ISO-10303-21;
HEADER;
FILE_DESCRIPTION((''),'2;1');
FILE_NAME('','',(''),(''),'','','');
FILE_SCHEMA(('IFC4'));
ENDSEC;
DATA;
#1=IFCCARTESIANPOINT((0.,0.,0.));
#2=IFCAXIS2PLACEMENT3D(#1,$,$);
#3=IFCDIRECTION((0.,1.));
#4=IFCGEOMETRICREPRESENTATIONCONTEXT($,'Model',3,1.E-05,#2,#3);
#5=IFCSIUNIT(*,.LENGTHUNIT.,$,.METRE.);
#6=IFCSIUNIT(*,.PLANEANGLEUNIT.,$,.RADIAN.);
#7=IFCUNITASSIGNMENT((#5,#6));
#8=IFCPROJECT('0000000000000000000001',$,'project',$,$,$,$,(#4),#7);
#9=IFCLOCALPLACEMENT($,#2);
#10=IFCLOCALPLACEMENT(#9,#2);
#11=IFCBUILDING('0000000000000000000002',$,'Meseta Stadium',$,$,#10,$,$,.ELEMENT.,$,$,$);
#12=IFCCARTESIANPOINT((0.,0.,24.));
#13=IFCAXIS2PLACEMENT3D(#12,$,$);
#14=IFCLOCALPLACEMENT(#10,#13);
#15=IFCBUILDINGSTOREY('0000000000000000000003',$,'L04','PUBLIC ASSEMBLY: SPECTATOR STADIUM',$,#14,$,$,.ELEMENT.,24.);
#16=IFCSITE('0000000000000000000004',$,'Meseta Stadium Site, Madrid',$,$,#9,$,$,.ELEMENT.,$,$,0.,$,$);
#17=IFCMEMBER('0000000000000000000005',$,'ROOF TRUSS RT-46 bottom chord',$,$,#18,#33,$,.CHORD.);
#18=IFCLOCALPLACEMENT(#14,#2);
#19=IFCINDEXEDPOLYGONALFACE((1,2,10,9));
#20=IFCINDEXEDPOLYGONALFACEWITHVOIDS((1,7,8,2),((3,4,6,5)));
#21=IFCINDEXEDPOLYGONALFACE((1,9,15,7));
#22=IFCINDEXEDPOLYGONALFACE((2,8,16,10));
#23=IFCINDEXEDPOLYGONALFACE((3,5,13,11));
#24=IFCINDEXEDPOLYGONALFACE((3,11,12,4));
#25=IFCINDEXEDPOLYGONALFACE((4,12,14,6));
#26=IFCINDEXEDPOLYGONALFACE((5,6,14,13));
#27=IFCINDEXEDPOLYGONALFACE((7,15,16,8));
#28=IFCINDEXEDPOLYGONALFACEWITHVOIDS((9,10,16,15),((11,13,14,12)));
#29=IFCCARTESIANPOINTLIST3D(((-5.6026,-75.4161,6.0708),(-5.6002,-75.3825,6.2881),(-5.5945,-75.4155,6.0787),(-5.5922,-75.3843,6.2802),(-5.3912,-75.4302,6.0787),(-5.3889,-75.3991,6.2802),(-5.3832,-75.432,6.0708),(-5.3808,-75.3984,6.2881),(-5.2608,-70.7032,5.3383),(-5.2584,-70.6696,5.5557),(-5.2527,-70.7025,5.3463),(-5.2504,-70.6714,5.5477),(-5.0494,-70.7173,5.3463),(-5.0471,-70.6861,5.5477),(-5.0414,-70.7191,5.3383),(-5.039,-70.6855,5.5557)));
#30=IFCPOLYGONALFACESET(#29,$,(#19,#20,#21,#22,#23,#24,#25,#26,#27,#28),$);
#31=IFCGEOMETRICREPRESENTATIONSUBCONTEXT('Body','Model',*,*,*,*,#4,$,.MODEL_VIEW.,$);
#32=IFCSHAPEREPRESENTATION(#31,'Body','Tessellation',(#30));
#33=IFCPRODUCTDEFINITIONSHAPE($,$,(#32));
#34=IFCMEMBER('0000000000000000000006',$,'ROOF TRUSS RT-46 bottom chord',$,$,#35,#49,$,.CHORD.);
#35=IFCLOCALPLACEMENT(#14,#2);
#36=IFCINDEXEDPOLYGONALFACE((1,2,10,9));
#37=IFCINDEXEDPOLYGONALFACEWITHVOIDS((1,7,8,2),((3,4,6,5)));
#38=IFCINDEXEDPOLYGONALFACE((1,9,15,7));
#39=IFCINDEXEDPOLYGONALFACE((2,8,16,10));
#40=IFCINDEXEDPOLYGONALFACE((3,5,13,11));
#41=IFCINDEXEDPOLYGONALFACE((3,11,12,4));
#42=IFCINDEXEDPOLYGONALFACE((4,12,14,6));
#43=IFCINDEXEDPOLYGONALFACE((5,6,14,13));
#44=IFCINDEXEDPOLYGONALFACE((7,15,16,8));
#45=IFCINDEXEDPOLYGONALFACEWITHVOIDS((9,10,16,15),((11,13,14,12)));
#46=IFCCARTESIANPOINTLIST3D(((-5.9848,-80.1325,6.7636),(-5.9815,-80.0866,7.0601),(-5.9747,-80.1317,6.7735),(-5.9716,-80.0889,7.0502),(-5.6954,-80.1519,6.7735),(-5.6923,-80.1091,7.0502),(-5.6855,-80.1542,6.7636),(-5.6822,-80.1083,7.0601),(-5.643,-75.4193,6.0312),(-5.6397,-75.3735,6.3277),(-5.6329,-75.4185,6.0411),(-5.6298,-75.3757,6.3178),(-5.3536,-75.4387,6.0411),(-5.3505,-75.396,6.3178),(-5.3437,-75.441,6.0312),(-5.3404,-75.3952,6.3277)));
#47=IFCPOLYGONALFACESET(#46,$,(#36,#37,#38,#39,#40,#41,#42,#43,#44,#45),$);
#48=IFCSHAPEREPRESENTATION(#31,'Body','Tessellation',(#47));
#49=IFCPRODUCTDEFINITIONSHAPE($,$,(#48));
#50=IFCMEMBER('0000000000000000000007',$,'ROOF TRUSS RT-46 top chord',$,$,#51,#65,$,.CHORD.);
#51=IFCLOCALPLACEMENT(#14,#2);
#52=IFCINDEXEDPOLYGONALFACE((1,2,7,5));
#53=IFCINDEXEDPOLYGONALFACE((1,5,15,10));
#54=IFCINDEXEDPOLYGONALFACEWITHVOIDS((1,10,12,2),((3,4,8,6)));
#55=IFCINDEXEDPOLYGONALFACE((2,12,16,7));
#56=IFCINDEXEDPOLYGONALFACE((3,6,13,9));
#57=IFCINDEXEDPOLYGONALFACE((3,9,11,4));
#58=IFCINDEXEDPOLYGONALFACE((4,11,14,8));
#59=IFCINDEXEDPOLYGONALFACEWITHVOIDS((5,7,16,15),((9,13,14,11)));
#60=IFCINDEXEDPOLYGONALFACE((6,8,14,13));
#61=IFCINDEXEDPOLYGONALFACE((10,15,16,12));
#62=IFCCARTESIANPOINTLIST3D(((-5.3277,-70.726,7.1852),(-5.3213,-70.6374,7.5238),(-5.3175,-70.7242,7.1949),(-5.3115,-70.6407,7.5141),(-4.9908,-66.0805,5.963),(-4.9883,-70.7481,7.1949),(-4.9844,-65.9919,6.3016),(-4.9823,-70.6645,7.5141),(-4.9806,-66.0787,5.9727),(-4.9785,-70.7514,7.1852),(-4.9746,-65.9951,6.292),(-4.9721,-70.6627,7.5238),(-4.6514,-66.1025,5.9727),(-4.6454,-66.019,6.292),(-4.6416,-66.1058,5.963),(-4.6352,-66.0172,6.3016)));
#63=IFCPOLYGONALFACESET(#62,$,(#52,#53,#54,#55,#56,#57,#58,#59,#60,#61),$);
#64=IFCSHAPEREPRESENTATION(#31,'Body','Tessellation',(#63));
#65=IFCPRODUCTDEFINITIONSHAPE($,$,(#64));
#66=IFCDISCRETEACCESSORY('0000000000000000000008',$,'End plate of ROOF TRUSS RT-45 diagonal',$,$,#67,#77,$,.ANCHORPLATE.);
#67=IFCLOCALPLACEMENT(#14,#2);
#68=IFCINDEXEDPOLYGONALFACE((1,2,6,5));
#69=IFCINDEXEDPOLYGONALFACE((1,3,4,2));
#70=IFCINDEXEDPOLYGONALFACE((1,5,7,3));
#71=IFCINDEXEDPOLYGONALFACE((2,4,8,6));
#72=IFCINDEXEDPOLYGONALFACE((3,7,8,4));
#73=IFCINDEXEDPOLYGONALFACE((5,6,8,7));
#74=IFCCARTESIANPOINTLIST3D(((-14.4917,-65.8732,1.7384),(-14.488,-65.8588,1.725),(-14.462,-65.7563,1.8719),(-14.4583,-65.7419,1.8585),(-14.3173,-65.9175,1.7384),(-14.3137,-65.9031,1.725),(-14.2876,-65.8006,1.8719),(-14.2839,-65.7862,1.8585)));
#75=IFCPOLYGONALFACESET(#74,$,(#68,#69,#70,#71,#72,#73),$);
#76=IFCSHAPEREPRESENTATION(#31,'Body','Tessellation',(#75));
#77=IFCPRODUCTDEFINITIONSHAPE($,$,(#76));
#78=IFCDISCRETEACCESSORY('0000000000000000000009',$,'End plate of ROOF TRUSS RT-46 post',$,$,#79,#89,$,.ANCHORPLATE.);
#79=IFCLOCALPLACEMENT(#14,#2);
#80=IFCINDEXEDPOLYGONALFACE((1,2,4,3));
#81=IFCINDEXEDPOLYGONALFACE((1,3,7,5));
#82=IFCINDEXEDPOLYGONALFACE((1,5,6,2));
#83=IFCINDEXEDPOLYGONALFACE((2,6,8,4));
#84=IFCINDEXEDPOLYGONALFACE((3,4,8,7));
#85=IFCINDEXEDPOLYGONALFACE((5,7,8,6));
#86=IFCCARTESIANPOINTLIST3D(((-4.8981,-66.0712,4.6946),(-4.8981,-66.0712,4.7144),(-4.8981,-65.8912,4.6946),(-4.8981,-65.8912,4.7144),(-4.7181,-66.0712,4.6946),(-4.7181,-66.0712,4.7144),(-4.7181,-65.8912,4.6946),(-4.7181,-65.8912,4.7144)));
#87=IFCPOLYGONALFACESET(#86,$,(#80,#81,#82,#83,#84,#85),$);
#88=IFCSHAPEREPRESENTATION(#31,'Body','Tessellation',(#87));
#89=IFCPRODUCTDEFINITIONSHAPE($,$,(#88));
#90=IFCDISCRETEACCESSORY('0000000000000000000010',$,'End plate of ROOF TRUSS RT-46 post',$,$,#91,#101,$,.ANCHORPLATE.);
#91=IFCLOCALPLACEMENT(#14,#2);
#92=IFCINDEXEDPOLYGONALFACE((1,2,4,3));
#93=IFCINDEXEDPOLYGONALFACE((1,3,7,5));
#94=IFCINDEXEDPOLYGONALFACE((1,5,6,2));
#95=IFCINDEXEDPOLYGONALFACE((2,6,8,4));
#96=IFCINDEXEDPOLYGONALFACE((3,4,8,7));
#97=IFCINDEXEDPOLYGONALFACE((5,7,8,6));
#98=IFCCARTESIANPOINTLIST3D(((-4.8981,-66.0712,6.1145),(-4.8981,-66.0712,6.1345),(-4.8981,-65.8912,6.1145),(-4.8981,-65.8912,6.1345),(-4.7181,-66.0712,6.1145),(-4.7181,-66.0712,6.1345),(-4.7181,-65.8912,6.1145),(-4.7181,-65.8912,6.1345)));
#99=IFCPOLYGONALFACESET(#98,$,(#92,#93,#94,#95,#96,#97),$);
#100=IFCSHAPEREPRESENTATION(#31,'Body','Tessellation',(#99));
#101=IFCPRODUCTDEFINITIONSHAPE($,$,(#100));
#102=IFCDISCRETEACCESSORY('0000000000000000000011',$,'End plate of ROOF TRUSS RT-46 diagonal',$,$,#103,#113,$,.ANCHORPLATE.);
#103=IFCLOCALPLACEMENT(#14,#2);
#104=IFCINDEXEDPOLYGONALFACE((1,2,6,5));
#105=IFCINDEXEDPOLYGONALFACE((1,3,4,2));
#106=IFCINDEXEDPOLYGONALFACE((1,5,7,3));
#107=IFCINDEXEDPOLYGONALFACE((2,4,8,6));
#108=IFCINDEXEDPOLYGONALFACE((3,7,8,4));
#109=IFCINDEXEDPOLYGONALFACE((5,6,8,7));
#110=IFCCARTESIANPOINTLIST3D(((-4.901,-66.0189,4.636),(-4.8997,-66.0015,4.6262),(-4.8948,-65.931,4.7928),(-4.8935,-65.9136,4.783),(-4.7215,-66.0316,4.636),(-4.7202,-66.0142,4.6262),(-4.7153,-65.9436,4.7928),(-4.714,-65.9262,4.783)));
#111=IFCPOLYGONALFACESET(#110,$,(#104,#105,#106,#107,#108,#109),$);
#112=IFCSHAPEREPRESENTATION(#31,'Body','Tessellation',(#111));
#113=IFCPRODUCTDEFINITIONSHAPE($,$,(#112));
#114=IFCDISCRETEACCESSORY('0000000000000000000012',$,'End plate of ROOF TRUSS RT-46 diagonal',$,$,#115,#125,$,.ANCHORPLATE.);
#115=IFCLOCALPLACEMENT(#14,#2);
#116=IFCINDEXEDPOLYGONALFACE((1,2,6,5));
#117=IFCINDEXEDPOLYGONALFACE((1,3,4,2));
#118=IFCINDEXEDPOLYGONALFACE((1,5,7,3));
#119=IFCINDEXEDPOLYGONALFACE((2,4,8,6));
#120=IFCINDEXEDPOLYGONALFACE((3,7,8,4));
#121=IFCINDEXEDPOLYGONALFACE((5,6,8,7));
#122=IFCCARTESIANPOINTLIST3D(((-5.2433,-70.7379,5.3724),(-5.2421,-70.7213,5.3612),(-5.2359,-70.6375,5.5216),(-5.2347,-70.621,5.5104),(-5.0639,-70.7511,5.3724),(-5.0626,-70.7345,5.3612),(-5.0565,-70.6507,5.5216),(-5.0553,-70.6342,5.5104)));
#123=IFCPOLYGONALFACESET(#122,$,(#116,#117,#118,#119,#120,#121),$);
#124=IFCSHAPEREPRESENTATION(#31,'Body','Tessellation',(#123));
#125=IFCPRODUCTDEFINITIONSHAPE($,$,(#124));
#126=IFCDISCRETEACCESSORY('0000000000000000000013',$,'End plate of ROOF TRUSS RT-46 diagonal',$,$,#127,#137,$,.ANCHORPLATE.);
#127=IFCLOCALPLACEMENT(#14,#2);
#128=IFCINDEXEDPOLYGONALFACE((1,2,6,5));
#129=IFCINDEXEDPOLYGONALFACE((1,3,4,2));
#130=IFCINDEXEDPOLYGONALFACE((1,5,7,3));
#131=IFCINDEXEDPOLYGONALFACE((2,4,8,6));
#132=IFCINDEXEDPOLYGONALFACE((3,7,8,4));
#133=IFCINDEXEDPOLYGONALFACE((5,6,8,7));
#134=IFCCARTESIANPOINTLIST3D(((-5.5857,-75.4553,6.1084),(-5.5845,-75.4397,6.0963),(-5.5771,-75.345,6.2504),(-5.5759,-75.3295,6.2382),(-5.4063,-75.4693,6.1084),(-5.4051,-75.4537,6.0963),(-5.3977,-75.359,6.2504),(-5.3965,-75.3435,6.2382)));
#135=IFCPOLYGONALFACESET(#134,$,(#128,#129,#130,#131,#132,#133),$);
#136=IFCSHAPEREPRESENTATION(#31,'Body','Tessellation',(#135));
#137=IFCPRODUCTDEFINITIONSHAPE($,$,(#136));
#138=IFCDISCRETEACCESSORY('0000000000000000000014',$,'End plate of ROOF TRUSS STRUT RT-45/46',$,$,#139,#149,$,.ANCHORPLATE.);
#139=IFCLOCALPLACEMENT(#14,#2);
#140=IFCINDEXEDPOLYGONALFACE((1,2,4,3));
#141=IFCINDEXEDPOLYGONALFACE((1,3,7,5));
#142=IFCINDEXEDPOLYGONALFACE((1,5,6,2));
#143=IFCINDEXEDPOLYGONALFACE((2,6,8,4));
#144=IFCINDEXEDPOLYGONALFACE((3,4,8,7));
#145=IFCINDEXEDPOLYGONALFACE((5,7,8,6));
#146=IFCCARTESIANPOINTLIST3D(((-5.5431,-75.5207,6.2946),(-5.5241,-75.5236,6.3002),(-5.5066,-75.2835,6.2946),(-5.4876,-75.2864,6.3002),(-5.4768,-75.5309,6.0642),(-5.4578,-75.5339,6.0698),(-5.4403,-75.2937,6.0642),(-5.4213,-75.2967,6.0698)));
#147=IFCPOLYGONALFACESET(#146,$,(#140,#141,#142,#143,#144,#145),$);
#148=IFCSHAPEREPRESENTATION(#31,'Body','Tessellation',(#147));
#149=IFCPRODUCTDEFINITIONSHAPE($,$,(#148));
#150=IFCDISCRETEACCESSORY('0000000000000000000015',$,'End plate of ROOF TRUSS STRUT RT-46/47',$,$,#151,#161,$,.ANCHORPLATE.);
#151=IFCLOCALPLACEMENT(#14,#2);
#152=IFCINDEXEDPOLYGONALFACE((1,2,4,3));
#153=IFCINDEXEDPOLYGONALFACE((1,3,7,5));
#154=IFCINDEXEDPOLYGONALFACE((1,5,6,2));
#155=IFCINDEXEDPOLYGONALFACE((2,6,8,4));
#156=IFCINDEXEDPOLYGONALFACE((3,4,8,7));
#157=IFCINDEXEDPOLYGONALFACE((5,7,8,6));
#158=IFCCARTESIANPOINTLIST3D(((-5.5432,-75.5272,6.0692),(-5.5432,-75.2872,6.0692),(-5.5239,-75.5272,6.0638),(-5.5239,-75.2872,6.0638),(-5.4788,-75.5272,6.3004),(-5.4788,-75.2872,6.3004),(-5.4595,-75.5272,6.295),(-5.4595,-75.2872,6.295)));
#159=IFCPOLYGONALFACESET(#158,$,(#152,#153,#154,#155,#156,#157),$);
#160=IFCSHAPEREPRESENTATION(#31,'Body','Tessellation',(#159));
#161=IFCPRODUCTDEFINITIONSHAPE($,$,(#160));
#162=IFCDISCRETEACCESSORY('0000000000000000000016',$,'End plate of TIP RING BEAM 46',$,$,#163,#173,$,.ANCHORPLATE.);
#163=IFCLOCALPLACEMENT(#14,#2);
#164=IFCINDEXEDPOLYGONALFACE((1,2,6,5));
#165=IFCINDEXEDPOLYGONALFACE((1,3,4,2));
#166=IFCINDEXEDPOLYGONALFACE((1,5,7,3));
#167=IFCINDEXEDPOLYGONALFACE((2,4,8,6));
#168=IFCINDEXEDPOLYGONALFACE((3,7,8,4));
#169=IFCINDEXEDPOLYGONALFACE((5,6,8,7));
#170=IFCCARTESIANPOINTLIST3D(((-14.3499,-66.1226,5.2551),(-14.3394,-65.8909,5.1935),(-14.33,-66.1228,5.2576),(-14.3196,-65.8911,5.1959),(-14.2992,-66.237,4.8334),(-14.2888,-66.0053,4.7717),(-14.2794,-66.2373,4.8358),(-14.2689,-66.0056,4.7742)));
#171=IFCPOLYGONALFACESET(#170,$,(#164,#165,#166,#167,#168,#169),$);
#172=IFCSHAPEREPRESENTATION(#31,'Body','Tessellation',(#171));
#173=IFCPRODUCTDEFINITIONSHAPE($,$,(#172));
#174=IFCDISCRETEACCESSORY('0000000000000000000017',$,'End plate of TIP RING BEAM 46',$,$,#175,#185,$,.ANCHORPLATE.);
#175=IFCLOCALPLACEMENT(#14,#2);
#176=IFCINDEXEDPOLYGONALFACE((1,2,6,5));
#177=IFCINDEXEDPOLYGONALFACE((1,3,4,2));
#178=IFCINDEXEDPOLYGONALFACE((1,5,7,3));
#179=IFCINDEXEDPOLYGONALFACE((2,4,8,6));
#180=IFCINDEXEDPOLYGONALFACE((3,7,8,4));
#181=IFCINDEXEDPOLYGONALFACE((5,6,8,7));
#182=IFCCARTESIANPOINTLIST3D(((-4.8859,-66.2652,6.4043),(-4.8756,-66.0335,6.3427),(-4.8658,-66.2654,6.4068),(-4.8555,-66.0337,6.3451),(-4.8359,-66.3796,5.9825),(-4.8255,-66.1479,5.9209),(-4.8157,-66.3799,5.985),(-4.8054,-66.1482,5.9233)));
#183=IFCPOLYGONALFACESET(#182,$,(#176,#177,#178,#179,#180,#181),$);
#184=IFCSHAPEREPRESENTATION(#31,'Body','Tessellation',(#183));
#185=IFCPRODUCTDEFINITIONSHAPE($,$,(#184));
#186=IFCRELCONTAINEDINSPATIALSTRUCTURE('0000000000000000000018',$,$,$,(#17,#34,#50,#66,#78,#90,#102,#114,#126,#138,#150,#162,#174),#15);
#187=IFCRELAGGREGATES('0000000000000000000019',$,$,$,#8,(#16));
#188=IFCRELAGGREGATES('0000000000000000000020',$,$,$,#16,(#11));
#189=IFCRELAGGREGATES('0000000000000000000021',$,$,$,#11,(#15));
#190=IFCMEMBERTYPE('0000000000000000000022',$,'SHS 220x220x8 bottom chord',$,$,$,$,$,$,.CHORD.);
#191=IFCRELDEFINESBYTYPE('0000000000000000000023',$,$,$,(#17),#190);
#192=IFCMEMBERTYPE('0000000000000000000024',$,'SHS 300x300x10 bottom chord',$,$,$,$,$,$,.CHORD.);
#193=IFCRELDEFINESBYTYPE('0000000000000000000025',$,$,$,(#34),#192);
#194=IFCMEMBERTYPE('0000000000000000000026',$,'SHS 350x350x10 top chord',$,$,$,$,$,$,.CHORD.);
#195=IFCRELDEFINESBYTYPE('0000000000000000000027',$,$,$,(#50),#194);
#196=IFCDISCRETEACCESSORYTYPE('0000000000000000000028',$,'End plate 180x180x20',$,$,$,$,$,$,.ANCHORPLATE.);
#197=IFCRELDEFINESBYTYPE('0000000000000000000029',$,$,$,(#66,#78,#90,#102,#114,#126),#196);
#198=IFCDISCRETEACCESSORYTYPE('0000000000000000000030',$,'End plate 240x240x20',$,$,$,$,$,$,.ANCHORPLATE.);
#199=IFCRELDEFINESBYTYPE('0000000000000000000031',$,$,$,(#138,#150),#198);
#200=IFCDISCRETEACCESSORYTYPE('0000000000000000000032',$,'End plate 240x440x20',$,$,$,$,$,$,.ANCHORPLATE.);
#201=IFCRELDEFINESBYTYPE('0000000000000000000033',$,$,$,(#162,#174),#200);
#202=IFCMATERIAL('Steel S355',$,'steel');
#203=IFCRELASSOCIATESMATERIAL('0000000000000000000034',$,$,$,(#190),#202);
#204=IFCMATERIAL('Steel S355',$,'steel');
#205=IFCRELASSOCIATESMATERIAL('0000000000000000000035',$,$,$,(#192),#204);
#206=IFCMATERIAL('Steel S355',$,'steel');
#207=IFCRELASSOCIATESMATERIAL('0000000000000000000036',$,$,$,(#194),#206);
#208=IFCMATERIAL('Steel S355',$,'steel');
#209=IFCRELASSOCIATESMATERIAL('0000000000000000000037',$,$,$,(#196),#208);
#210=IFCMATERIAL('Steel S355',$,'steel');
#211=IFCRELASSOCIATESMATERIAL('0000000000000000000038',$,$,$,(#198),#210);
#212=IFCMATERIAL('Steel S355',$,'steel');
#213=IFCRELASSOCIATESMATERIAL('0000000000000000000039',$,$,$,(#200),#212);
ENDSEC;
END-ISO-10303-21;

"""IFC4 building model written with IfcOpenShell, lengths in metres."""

from ifc_helpers import new_model, si_unit, direction, frame, origin, origin_2d, place, context, subcontext, project, spatial, rectangle, hollow_rectangle, extrude, material, material_profile, profile_set, type_object, element, save


model = new_model("IFC4")

# Units and contexts
model_context = context("Model", 3, precision=1e-05, world=origin(), true_north=direction((0.0, 1.0)))
body_context = subcontext(model_context, "Body", "Model", "MODEL_VIEW")
ifc_project = project(units=[si_unit("LENGTHUNIT", "METRE"), si_unit("PLANEANGLEUNIT", "RADIAN")], contexts=[model_context])

# Site, building, storey
site_placement = place(None, origin())
site = spatial("IfcSite", under=ifc_project, at=site_placement, Name="Meseta Stadium Site, Madrid", CompositionType="ELEMENT", RefElevation=0.0)
building_placement = place(site_placement, origin())
building = spatial("IfcBuilding", under=site, at=building_placement, Name="Meseta Stadium", CompositionType="ELEMENT")
storey_placement = place(building_placement, frame((0.0, 0.0, 24.0)))
storey = spatial("IfcBuildingStorey", under=building, at=storey_placement, Name="L04", Description="PUBLIC ASSEMBLY: SPECTATOR STADIUM", CompositionType="ELEMENT", Elevation=24.0)

# Members
ifc_material_1 = material(Name="Steel S355", Category="steel")
ifc_material_profile_1 = material_profile(ifc_material_1, hollow_rectangle(XDim=0.22, YDim=0.22, WallThickness=0.0081, at=origin_2d()), Name="SHS 220x220x8")
ifc_profile_set_1 = profile_set([ifc_material_profile_1], Name="Steel S355")
member_type_1 = type_object("IfcMemberType", Name="SHS 220x220x8 bottom chord", PredefinedType="CHORD", material=ifc_profile_set_1)
member_1_placement = place(storey_placement, frame((-5.1499, -70.6943, 5.447), z_axis=(-0.07148, -0.985611, 0.153172), x_axis=(0.99738, -0.072334, 0.0)))
element("IfcMember", 1, at=member_1_placement, inside=storey, type_object=member_type_1, Name="ROOF TRUSS RT-46 bottom chord", PredefinedType="CHORD", context=body_context, shape_type="SweptSolid", body=[
    extrude(hollow_rectangle(XDim=0.22, YDim=0.22, WallThickness=0.0081, at=origin_2d()), origin(), (0.0, 0.0, 1.0), 4.7817),
])
ifc_material_2 = material(Name="Steel S355", Category="steel")
ifc_material_profile_2 = material_profile(ifc_material_2, hollow_rectangle(XDim=0.3, YDim=0.3, WallThickness=0.01, at=origin_2d()), Name="SHS 300x300x10")
ifc_profile_set_2 = profile_set([ifc_material_profile_2], Name="Steel S355")
member_type_2 = type_object("IfcMemberType", Name="SHS 300x300x10 bottom chord", PredefinedType="CHORD", material=ifc_profile_set_2)
member_2_placement = place(storey_placement, frame((-5.4917, -75.4072, 6.1794), z_axis=(-0.071477, -0.985612, 0.153164), x_axis=(0.997381, -0.07233, 0.0)))
element("IfcMember", 2, at=member_2_placement, inside=storey, type_object=member_type_2, Name="ROOF TRUSS RT-46 bottom chord", PredefinedType="CHORD", context=body_context, shape_type="SweptSolid", body=[
    extrude(hollow_rectangle(XDim=0.3, YDim=0.3, WallThickness=0.01, at=origin_2d()), origin(), (0.0, 0.0, 1.0), 4.782),
])
ifc_material_3 = material(Name="Steel S355", Category="steel")
ifc_material_profile_3 = material_profile(ifc_material_3, hollow_rectangle(XDim=0.3501, YDim=0.3501, WallThickness=0.01, at=origin_2d()), Name="SHS 350x350x10")
ifc_profile_set_3 = profile_set([ifc_material_profile_3], Name="Steel S355")
member_type_3 = type_object("IfcMemberType", Name="SHS 350x350x10 top chord", PredefinedType="CHORD", material=ifc_profile_set_3)
member_3_placement = place(storey_placement, frame((-4.813, -66.0488, 6.1323), z_axis=(-0.069966, -0.964722, 0.253805), x_axis=(0.99738, -0.072335, 0.0)))
element("IfcMember", 3, at=member_3_placement, inside=storey, type_object=member_type_3, Name="ROOF TRUSS RT-46 top chord", PredefinedType="CHORD", context=body_context, shape_type="SweptSolid", body=[
    extrude(hollow_rectangle(XDim=0.3501, YDim=0.3501, WallThickness=0.01, at=origin_2d()), origin(), (0.0, 0.0, 1.0), 4.8154),
])

# Discrete accessories
ifc_material_4 = material(Name="Steel S355", Category="steel")
ifc_material_profile_4 = material_profile(ifc_material_4, rectangle(XDim=0.1799, YDim=0.1799, at=origin_2d()), Name="PL 180x180")
ifc_profile_set_4 = profile_set([ifc_material_profile_4], Name="Steel S355")
discrete_accessory_type_1 = type_object("IfcDiscreteAccessoryType", Name="End plate 180x180x20", PredefinedType="ANCHORPLATE", material=ifc_profile_set_4)
discrete_accessory_1_placement = place(storey_placement, frame((-14.386, -65.8225, 1.7917), z_axis=(-0.182832, -0.719138, 0.670383), x_axis=(0.969169, -0.246399, 0.0)))
element("IfcDiscreteAccessory", 4, at=discrete_accessory_1_placement, inside=storey, type_object=discrete_accessory_type_1, Name="End plate of ROOF TRUSS RT-45 diagonal", PredefinedType="ANCHORPLATE", context=body_context, shape_type="SweptSolid", body=[
    extrude(rectangle(XDim=0.1799, YDim=0.1799, at=origin_2d()), origin(), (0.0, 0.0, 1.0), 0.02),
])
discrete_accessory_2_placement = place(storey_placement, frame((-4.8081, -65.9812, 4.6946), z_axis=(0.0, 0.0, 1.0), x_axis=(1.0, 0.0, 0.0)))
element("IfcDiscreteAccessory", 5, at=discrete_accessory_2_placement, inside=storey, type_object=discrete_accessory_type_1, Name="End plate of ROOF TRUSS RT-46 post", PredefinedType="ANCHORPLATE", context=body_context, shape_type="SweptSolid", body=[
    extrude(rectangle(XDim=0.1799, YDim=0.1799, at=origin_2d()), origin(), (0.0, 0.0, 1.0), 0.0198),
])
for number, where, z_axis, x_axis, name in (
    (6, (-4.8081, -65.9812, 6.1145), (0.0, 0.0, 1.0), (1.0, 0.0, 0.0), "End plate of ROOF TRUSS RT-46 post"),
    (7, (-4.8069, -65.9639, 4.7046), (-0.06124, -0.869612, 0.489922), (0.99753, -0.070249, 0.0), "End plate of ROOF TRUSS RT-46 diagonal"),
    (8, (-5.1487, -70.6777, 5.4358), (-0.060791, -0.826752, 0.559273), (0.997308, -0.073331, 0.0), "End plate of ROOF TRUSS RT-46 diagonal"),
):
    element("IfcDiscreteAccessory", number, at=place(storey_placement, frame(where, z_axis=z_axis, x_axis=x_axis)), inside=storey, type_object=discrete_accessory_type_1, Name=name, PredefinedType="ANCHORPLATE", context=body_context, shape_type="SweptSolid", body=[
        extrude(rectangle(XDim=0.1799, YDim=0.1799, at=origin_2d()), origin(), (0.0, 0.0, 1.0), 0.02),
    ])
discrete_accessory_3_placement = place(storey_placement, frame((-5.4905, -75.3916, 6.1672), z_axis=(-0.061448, -0.786535, 0.614481), x_axis=(0.996962, -0.077888, 0.0)))
element("IfcDiscreteAccessory", 9, at=discrete_accessory_3_placement, inside=storey, type_object=discrete_accessory_type_1, Name="End plate of ROOF TRUSS RT-46 diagonal", PredefinedType="ANCHORPLATE", context=body_context, shape_type="SweptSolid", body=[
    extrude(rectangle(XDim=0.1799, YDim=0.1799, at=origin_2d()), origin(), (0.0, 0.0, 1.0), 0.0198),
])
ifc_material_5 = material(Name="Steel S355", Category="steel")
ifc_material_profile_5 = material_profile(ifc_material_5, rectangle(XDim=0.24, YDim=0.24, at=origin_2d()), Name="PL 240x240")
ifc_profile_set_5 = profile_set([ifc_material_profile_5], Name="Steel S355")
discrete_accessory_type_2 = type_object("IfcDiscreteAccessoryType", Name="End plate 240x240x20", PredefinedType="ANCHORPLATE", material=ifc_profile_set_5)
for number, where, z_axis, x_axis, name in (
    (10, (-5.4917, -75.4072, 6.1794), (0.948894, -0.145984, 0.279802), (0.152057, 0.988372, 0.0), "End plate of ROOF TRUSS STRUT RT-45/46"),
    (11, (-5.511, -75.4072, 6.1848), (0.963343, 0.0, -0.268273), (0.0, 1.0, 0.0), "End plate of ROOF TRUSS STRUT RT-46/47"),
):
    element("IfcDiscreteAccessory", number, at=place(storey_placement, frame(where, z_axis=z_axis, x_axis=x_axis)), inside=storey, type_object=discrete_accessory_type_2, Name=name, PredefinedType="ANCHORPLATE", context=body_context, shape_type="SweptSolid", body=[
        extrude(rectangle(XDim=0.24, YDim=0.24, at=origin_2d()), origin(), (0.0, 0.0, 1.0), 0.02),
    ])
ifc_material_6 = material(Name="Steel S355", Category="steel")
ifc_material_profile_6 = material_profile(ifc_material_6, rectangle(XDim=0.24, YDim=0.4399, at=origin_2d()), Name="PL 240x440")
ifc_profile_set_6 = profile_set([ifc_material_profile_6], Name="Steel S355")
discrete_accessory_type_3 = type_object("IfcDiscreteAccessoryType", Name="End plate 240x440x20", PredefinedType="ANCHORPLATE", material=ifc_profile_set_6)
discrete_accessory_4_placement = place(storey_placement, frame((-14.3193, -66.064, 5.0134), z_axis=(0.992391, -0.012252, 0.122517), x_axis=(0.043621, 0.965484, -0.256785)))
element("IfcDiscreteAccessory", 12, at=discrete_accessory_4_placement, inside=storey, type_object=discrete_accessory_type_3, Name="End plate of TIP RING BEAM 46", PredefinedType="ANCHORPLATE", context=body_context, shape_type="SweptSolid", body=[
    extrude(rectangle(XDim=0.24, YDim=0.4399, at=origin_2d()), origin(), (0.0, 0.0, 1.0), 0.02),
])
discrete_accessory_5_placement = place(storey_placement, frame((-4.8557, -66.2065, 6.1626), z_axis=(0.992573, -0.012105, 0.121046), x_axis=(0.043095, 0.965495, -0.256832)))
element("IfcDiscreteAccessory", 13, at=discrete_accessory_5_placement, inside=storey, type_object=discrete_accessory_type_3, Name="End plate of TIP RING BEAM 46", PredefinedType="ANCHORPLATE", context=body_context, shape_type="SweptSolid", body=[
    extrude(rectangle(XDim=0.24, YDim=0.4399, at=origin_2d()), origin(), (0.0, 0.0, 1.0), 0.0203),
])

save(model, "model.ifc")
